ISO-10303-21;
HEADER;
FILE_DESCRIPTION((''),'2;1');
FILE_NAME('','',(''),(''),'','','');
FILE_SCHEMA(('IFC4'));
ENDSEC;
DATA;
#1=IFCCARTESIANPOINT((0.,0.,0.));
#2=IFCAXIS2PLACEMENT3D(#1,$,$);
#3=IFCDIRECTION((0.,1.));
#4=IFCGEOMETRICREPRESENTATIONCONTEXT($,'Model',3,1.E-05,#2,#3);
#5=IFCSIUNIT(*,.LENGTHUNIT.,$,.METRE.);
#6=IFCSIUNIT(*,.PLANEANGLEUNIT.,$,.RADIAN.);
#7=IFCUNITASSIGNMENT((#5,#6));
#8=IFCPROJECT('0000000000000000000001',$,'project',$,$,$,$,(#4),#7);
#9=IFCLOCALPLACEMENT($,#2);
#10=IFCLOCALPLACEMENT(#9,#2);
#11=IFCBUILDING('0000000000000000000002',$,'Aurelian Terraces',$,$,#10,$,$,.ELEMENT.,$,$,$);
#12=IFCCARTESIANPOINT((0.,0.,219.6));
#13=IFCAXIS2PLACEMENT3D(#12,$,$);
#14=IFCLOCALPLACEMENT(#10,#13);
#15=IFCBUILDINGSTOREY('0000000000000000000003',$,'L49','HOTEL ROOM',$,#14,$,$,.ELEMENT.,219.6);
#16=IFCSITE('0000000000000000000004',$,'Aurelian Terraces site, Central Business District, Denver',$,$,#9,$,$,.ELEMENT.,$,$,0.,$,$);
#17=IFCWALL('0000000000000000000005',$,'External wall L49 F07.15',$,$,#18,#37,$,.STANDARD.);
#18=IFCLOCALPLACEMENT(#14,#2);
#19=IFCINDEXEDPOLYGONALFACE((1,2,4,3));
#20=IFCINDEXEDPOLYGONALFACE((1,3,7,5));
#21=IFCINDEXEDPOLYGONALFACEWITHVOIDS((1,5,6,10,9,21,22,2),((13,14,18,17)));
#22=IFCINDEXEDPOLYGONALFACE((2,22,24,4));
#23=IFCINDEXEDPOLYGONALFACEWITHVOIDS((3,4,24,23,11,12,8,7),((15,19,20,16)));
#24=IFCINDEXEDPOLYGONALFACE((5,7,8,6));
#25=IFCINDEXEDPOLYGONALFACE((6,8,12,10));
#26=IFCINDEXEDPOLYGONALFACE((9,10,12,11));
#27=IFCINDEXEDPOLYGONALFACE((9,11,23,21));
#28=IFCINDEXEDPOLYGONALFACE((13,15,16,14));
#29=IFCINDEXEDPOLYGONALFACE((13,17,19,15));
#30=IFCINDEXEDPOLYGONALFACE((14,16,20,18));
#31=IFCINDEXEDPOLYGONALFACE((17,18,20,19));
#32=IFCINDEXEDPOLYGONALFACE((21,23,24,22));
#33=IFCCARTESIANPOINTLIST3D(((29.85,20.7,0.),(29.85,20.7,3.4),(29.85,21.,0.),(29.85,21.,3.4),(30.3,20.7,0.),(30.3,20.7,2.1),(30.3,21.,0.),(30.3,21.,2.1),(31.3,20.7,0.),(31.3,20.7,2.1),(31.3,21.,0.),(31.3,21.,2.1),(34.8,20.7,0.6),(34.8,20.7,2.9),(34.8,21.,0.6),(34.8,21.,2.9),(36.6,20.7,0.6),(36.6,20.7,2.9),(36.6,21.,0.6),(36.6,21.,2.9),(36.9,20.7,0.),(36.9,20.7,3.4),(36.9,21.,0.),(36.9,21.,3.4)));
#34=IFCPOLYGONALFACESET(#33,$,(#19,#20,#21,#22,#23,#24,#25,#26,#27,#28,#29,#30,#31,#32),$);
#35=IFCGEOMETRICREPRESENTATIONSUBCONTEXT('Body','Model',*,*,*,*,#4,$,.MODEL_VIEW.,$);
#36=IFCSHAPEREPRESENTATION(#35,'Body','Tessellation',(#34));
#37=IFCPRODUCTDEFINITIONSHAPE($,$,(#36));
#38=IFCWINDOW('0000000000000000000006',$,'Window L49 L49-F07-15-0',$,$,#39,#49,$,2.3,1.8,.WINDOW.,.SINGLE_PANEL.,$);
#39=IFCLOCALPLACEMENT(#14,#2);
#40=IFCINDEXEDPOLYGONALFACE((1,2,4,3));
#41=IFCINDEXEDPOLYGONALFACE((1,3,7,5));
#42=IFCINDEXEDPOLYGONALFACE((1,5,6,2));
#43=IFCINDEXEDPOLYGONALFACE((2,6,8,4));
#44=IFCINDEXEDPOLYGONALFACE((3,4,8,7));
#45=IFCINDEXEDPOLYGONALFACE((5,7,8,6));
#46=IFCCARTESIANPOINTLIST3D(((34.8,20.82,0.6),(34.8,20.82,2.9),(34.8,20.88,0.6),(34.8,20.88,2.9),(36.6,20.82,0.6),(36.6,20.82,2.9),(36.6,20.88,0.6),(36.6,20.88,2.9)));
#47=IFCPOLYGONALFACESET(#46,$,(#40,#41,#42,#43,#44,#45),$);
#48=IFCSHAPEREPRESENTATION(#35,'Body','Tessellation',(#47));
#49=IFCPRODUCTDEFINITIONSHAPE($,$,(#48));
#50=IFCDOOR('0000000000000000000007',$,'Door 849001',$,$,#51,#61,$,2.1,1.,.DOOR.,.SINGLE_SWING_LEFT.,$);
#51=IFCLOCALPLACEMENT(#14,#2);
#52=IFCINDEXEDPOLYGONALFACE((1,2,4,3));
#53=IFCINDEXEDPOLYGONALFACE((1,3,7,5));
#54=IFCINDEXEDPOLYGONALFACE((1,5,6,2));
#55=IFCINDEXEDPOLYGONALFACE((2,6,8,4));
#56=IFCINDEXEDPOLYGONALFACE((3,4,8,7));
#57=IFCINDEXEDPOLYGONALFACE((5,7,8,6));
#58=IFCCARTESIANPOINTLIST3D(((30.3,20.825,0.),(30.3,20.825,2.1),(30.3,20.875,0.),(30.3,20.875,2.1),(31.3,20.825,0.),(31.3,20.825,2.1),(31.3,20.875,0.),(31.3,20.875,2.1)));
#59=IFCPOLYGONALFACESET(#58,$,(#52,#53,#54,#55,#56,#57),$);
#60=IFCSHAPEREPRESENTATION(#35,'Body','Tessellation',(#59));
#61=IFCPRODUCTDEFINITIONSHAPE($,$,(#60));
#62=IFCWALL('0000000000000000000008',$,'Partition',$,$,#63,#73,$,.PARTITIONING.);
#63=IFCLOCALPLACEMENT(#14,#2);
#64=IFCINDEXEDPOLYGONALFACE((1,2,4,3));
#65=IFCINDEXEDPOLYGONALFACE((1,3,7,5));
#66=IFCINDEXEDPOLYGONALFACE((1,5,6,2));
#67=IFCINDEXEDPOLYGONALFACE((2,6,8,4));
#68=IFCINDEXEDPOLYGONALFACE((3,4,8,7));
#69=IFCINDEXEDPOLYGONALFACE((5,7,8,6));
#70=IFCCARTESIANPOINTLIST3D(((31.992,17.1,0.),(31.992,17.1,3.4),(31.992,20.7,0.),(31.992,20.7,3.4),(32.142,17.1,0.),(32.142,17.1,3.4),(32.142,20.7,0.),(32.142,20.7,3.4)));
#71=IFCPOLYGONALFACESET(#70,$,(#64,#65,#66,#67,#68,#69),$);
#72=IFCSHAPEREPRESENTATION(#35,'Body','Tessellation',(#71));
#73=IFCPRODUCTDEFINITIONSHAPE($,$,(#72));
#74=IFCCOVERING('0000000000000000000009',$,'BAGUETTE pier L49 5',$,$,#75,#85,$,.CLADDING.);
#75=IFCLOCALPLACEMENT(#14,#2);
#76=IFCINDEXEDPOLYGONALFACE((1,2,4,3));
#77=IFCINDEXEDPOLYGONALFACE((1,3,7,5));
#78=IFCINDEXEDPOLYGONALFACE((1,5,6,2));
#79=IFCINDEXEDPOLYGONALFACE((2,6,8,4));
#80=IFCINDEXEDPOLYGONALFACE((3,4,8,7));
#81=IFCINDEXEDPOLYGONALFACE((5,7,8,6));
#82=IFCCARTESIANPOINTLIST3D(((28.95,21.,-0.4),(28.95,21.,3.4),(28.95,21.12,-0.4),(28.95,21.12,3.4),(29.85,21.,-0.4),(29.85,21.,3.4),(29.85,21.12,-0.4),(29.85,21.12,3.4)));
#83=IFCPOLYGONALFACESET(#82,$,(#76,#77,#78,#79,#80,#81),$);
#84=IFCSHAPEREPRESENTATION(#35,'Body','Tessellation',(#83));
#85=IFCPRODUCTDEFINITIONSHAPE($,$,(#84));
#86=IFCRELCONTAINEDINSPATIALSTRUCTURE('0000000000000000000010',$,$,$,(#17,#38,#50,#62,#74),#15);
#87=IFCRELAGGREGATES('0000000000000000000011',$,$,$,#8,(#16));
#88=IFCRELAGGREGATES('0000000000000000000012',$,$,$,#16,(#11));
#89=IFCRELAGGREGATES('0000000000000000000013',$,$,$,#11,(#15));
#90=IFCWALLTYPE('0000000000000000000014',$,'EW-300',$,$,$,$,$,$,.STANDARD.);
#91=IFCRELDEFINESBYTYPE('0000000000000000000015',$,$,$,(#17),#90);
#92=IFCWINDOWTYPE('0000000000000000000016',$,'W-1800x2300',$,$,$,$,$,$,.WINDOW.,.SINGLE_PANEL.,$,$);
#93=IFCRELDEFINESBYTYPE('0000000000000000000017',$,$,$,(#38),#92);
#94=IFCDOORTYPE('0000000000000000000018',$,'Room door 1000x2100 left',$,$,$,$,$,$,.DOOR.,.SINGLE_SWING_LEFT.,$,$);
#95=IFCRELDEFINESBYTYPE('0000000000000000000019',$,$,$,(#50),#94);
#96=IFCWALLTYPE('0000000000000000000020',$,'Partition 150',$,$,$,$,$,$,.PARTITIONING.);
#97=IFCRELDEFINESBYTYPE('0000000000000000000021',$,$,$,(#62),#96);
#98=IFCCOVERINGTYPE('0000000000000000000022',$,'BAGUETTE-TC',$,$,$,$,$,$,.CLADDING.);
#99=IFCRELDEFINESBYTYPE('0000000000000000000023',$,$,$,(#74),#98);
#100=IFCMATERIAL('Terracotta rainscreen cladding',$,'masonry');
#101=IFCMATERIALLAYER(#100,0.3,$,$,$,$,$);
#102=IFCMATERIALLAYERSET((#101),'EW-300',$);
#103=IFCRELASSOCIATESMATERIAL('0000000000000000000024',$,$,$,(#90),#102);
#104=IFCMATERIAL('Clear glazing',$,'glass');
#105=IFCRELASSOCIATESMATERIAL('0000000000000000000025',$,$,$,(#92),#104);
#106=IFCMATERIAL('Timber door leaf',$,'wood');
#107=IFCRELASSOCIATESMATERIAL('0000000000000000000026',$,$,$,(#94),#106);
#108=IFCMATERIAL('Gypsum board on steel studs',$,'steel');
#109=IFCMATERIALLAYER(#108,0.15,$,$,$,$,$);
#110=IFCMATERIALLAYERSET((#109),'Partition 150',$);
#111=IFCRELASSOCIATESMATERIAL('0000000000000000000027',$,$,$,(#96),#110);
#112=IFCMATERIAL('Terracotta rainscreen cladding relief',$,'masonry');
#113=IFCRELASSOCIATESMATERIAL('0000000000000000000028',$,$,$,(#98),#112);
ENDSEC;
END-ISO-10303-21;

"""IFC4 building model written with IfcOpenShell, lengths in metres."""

from ifc_helpers import new_model, si_unit, direction, frame, frame_2d, origin, origin_2d, place, context, subcontext, project, spatial, rectangle, extrude, source, transform, mapped, material, layer, layer_set, type_object, element, fill, save


model = new_model("IFC4")

# Units and contexts
model_context = context("Model", 3, precision=1e-05, world=origin(), true_north=direction((0.0, 1.0)))
body_context = subcontext(model_context, "Body", "Model", "MODEL_VIEW")
ifc_project = project(units=[si_unit("LENGTHUNIT", "METRE"), si_unit("PLANEANGLEUNIT", "RADIAN")], contexts=[model_context])

# Site, building, storey
site_placement = place(None, origin())
site = spatial("IfcSite", under=ifc_project, at=site_placement, Name="Aurelian Terraces site, Central Business District, Denver", CompositionType="ELEMENT", RefElevation=0.0)
building_placement = place(site_placement, origin())
building = spatial("IfcBuilding", under=site, at=building_placement, Name="Aurelian Terraces", CompositionType="ELEMENT")
storey_placement = place(building_placement, frame((0.0, 0.0, 219.6)))
storey = spatial("IfcBuildingStorey", under=building, at=storey_placement, Name="L49", Description="HOTEL ROOM", CompositionType="ELEMENT", Elevation=219.6)

# Shared definitions
ifc_material_1 = material(Name="Terracotta rainscreen cladding", Category="masonry")
ifc_layer_1 = layer(ifc_material_1, 0.3)
ifc_layer_set_1 = layer_set([ifc_layer_1], Name="EW-300")
wall_type_1 = type_object("IfcWallType", Name="EW-300", PredefinedType="STANDARD", material=ifc_layer_set_1)
shared_shape_1 = source(origin(), body_context, "Body", "SweptSolid", [
    extrude(rectangle(XDim=1.8, YDim=2.3, at=frame_2d((0.9, 1.15))), frame((0.0, 0.16, 0.0), z_axis=(0.0, -1.0, 0.0), x_axis=(1.0, 0.0, 0.0)), (0.0, 0.0, 1.0), 0.32),
])
ifc_material_2 = material(Name="Clear glazing", Category="glass")
window_type_1 = type_object("IfcWindowType", Name="W-1800x2300", PartitioningType="SINGLE_PANEL", PredefinedType="WINDOW", material=ifc_material_2)
shared_shape_2 = source(origin(), body_context, "Body", "SweptSolid", [
    extrude(rectangle(XDim=1.8, YDim=2.3, at=frame_2d((0.9, 1.15))), frame((0.0, 0.03, 0.0), z_axis=(0.0, -1.0, 0.0), x_axis=(1.0, 0.0, 0.0)), (0.0, 0.0, 1.0), 0.06),
])

# Wall, openings, window, door
shared_shape_3 = source(origin(), body_context, "Body", "SweptSolid", [
    extrude(rectangle(XDim=7.05, YDim=0.3, at=frame_2d((3.525, 0.0))), origin(), (0.0, 0.0, 1.0), 3.4),
])
wall_1_placement = place(storey_placement, frame((36.9, 20.85, 0.0), z_axis=(0.0, 0.0, 1.0), x_axis=(-1.0, 0.0, 0.0)))
wall_1 = element("IfcWall", 1, at=wall_1_placement, inside=storey, type_object=wall_type_1, Name="External wall L49 F07.15", PredefinedType="STANDARD", context=body_context, shape_type="MappedRepresentation", body=[
    mapped(shared_shape_3, transform((0.0, 0.0, 0.0), scale=1.0)),
])
opening_1_placement = place(wall_1_placement, frame((0.3, 0.0, 0.6)))
opening_1 = element("IfcOpeningElement", 2, at=opening_1_placement, cuts=wall_1, PredefinedType="OPENING", context=body_context, shape_type="MappedRepresentation", body=[
    mapped(shared_shape_1, transform((0.0, 0.0, 0.0), scale=1.0)),
])
shared_shape_4 = source(origin(), body_context, "Body", "SweptSolid", [
    extrude(rectangle(XDim=1.0, YDim=2.1, at=frame_2d((0.5, 1.05))), frame((0.0, 0.16, 0.0), z_axis=(0.0, -1.0, 0.0), x_axis=(1.0, 0.0, 0.0)), (0.0, 0.0, 1.0), 0.32),
])
opening_2_placement = place(wall_1_placement, frame((5.6, 0.0, 0.0)))
opening_2 = element("IfcOpeningElement", 3, at=opening_2_placement, cuts=wall_1, PredefinedType="OPENING", context=body_context, shape_type="MappedRepresentation", body=[
    mapped(shared_shape_4, transform((0.0, 0.0, 0.0), scale=1.0)),
])
window_1_placement = place(opening_1_placement, origin())
window_1 = element("IfcWindow", 4, at=window_1_placement, inside=storey, type_object=window_type_1, Name="Window L49 L49-F07-15-0", OverallHeight=2.3, OverallWidth=1.8, PartitioningType="SINGLE_PANEL", PredefinedType="WINDOW", context=body_context, shape_type="MappedRepresentation", body=[
    mapped(shared_shape_2, transform((0.0, 0.0, 0.0), scale=1.0)),
])
fill(opening_1, window_1)
ifc_material_3 = material(Name="Timber door leaf", Category="wood")
door_type = type_object("IfcDoorType", Name="Room door 1000x2100 left", OperationType="SINGLE_SWING_LEFT", PredefinedType="DOOR", material=ifc_material_3)
shared_shape_5 = source(origin(), body_context, "Body", "SweptSolid", [
    extrude(rectangle(XDim=1.0, YDim=2.1, at=frame_2d((0.5, 1.05))), frame((0.0, 0.025, 0.0), z_axis=(0.0, -1.0, 0.0), x_axis=(1.0, 0.0, 0.0)), (0.0, 0.0, 1.0), 0.05),
])
door_placement = place(opening_2_placement, origin())
door = element("IfcDoor", 5, at=door_placement, inside=storey, type_object=door_type, Name="Door 849001", OperationType="SINGLE_SWING_LEFT", OverallHeight=2.1, OverallWidth=1.0, PredefinedType="DOOR", context=body_context, shape_type="MappedRepresentation", body=[
    mapped(shared_shape_5, transform((0.0, 0.0, 0.0), scale=1.0)),
])
fill(opening_2, door)

# Wall
ifc_material_4 = material(Name="Gypsum board on steel studs", Category="steel")
ifc_layer_2 = layer(ifc_material_4, 0.15)
ifc_layer_set_2 = layer_set([ifc_layer_2], Name="Partition 150")
wall_type_2 = type_object("IfcWallType", Name="Partition 150", PredefinedType="PARTITIONING", material=ifc_layer_set_2)
shared_shape_6 = source(origin(), body_context, "Body", "SweptSolid", [
    extrude(rectangle(XDim=3.6, YDim=0.15, at=frame_2d((1.8, 0.0))), origin(), (0.0, 0.0, 1.0), 3.4),
])
wall_2_placement = place(storey_placement, frame((32.067, 20.7, 0.0), z_axis=(0.0, 0.0, 1.0), x_axis=(0.0, -1.0, 0.0)))
element("IfcWall", 6, at=wall_2_placement, inside=storey, type_object=wall_type_2, Name="Partition", PredefinedType="PARTITIONING", context=body_context, shape_type="MappedRepresentation", body=[
    mapped(shared_shape_6, transform((0.0, 0.0, 0.0), scale=1.0)),
])

# Covering
ifc_material_5 = material(Name="Terracotta rainscreen cladding relief", Category="masonry")
covering_type = type_object("IfcCoveringType", Name="BAGUETTE-TC", PredefinedType="CLADDING", material=ifc_material_5)
shared_shape_7 = source(origin(), body_context, "Body", "SweptSolid", [
    extrude(rectangle(XDim=0.9, YDim=0.12, at=origin_2d()), origin(), (0.0, 0.0, 1.0), 3.8),
])
covering_placement = place(storey_placement, frame((29.4, 21.06, -0.4), z_axis=(0.0, 0.0, 1.0), x_axis=(1.0, 0.0, 0.0)))
element("IfcCovering", 7, at=covering_placement, inside=storey, type_object=covering_type, Name="BAGUETTE pier L49 5", PredefinedType="CLADDING", context=body_context, shape_type="MappedRepresentation", body=[
    mapped(shared_shape_7, transform((0.0, 0.0, 0.0), scale=1.0)),
])

save(model, "model.ifc")
